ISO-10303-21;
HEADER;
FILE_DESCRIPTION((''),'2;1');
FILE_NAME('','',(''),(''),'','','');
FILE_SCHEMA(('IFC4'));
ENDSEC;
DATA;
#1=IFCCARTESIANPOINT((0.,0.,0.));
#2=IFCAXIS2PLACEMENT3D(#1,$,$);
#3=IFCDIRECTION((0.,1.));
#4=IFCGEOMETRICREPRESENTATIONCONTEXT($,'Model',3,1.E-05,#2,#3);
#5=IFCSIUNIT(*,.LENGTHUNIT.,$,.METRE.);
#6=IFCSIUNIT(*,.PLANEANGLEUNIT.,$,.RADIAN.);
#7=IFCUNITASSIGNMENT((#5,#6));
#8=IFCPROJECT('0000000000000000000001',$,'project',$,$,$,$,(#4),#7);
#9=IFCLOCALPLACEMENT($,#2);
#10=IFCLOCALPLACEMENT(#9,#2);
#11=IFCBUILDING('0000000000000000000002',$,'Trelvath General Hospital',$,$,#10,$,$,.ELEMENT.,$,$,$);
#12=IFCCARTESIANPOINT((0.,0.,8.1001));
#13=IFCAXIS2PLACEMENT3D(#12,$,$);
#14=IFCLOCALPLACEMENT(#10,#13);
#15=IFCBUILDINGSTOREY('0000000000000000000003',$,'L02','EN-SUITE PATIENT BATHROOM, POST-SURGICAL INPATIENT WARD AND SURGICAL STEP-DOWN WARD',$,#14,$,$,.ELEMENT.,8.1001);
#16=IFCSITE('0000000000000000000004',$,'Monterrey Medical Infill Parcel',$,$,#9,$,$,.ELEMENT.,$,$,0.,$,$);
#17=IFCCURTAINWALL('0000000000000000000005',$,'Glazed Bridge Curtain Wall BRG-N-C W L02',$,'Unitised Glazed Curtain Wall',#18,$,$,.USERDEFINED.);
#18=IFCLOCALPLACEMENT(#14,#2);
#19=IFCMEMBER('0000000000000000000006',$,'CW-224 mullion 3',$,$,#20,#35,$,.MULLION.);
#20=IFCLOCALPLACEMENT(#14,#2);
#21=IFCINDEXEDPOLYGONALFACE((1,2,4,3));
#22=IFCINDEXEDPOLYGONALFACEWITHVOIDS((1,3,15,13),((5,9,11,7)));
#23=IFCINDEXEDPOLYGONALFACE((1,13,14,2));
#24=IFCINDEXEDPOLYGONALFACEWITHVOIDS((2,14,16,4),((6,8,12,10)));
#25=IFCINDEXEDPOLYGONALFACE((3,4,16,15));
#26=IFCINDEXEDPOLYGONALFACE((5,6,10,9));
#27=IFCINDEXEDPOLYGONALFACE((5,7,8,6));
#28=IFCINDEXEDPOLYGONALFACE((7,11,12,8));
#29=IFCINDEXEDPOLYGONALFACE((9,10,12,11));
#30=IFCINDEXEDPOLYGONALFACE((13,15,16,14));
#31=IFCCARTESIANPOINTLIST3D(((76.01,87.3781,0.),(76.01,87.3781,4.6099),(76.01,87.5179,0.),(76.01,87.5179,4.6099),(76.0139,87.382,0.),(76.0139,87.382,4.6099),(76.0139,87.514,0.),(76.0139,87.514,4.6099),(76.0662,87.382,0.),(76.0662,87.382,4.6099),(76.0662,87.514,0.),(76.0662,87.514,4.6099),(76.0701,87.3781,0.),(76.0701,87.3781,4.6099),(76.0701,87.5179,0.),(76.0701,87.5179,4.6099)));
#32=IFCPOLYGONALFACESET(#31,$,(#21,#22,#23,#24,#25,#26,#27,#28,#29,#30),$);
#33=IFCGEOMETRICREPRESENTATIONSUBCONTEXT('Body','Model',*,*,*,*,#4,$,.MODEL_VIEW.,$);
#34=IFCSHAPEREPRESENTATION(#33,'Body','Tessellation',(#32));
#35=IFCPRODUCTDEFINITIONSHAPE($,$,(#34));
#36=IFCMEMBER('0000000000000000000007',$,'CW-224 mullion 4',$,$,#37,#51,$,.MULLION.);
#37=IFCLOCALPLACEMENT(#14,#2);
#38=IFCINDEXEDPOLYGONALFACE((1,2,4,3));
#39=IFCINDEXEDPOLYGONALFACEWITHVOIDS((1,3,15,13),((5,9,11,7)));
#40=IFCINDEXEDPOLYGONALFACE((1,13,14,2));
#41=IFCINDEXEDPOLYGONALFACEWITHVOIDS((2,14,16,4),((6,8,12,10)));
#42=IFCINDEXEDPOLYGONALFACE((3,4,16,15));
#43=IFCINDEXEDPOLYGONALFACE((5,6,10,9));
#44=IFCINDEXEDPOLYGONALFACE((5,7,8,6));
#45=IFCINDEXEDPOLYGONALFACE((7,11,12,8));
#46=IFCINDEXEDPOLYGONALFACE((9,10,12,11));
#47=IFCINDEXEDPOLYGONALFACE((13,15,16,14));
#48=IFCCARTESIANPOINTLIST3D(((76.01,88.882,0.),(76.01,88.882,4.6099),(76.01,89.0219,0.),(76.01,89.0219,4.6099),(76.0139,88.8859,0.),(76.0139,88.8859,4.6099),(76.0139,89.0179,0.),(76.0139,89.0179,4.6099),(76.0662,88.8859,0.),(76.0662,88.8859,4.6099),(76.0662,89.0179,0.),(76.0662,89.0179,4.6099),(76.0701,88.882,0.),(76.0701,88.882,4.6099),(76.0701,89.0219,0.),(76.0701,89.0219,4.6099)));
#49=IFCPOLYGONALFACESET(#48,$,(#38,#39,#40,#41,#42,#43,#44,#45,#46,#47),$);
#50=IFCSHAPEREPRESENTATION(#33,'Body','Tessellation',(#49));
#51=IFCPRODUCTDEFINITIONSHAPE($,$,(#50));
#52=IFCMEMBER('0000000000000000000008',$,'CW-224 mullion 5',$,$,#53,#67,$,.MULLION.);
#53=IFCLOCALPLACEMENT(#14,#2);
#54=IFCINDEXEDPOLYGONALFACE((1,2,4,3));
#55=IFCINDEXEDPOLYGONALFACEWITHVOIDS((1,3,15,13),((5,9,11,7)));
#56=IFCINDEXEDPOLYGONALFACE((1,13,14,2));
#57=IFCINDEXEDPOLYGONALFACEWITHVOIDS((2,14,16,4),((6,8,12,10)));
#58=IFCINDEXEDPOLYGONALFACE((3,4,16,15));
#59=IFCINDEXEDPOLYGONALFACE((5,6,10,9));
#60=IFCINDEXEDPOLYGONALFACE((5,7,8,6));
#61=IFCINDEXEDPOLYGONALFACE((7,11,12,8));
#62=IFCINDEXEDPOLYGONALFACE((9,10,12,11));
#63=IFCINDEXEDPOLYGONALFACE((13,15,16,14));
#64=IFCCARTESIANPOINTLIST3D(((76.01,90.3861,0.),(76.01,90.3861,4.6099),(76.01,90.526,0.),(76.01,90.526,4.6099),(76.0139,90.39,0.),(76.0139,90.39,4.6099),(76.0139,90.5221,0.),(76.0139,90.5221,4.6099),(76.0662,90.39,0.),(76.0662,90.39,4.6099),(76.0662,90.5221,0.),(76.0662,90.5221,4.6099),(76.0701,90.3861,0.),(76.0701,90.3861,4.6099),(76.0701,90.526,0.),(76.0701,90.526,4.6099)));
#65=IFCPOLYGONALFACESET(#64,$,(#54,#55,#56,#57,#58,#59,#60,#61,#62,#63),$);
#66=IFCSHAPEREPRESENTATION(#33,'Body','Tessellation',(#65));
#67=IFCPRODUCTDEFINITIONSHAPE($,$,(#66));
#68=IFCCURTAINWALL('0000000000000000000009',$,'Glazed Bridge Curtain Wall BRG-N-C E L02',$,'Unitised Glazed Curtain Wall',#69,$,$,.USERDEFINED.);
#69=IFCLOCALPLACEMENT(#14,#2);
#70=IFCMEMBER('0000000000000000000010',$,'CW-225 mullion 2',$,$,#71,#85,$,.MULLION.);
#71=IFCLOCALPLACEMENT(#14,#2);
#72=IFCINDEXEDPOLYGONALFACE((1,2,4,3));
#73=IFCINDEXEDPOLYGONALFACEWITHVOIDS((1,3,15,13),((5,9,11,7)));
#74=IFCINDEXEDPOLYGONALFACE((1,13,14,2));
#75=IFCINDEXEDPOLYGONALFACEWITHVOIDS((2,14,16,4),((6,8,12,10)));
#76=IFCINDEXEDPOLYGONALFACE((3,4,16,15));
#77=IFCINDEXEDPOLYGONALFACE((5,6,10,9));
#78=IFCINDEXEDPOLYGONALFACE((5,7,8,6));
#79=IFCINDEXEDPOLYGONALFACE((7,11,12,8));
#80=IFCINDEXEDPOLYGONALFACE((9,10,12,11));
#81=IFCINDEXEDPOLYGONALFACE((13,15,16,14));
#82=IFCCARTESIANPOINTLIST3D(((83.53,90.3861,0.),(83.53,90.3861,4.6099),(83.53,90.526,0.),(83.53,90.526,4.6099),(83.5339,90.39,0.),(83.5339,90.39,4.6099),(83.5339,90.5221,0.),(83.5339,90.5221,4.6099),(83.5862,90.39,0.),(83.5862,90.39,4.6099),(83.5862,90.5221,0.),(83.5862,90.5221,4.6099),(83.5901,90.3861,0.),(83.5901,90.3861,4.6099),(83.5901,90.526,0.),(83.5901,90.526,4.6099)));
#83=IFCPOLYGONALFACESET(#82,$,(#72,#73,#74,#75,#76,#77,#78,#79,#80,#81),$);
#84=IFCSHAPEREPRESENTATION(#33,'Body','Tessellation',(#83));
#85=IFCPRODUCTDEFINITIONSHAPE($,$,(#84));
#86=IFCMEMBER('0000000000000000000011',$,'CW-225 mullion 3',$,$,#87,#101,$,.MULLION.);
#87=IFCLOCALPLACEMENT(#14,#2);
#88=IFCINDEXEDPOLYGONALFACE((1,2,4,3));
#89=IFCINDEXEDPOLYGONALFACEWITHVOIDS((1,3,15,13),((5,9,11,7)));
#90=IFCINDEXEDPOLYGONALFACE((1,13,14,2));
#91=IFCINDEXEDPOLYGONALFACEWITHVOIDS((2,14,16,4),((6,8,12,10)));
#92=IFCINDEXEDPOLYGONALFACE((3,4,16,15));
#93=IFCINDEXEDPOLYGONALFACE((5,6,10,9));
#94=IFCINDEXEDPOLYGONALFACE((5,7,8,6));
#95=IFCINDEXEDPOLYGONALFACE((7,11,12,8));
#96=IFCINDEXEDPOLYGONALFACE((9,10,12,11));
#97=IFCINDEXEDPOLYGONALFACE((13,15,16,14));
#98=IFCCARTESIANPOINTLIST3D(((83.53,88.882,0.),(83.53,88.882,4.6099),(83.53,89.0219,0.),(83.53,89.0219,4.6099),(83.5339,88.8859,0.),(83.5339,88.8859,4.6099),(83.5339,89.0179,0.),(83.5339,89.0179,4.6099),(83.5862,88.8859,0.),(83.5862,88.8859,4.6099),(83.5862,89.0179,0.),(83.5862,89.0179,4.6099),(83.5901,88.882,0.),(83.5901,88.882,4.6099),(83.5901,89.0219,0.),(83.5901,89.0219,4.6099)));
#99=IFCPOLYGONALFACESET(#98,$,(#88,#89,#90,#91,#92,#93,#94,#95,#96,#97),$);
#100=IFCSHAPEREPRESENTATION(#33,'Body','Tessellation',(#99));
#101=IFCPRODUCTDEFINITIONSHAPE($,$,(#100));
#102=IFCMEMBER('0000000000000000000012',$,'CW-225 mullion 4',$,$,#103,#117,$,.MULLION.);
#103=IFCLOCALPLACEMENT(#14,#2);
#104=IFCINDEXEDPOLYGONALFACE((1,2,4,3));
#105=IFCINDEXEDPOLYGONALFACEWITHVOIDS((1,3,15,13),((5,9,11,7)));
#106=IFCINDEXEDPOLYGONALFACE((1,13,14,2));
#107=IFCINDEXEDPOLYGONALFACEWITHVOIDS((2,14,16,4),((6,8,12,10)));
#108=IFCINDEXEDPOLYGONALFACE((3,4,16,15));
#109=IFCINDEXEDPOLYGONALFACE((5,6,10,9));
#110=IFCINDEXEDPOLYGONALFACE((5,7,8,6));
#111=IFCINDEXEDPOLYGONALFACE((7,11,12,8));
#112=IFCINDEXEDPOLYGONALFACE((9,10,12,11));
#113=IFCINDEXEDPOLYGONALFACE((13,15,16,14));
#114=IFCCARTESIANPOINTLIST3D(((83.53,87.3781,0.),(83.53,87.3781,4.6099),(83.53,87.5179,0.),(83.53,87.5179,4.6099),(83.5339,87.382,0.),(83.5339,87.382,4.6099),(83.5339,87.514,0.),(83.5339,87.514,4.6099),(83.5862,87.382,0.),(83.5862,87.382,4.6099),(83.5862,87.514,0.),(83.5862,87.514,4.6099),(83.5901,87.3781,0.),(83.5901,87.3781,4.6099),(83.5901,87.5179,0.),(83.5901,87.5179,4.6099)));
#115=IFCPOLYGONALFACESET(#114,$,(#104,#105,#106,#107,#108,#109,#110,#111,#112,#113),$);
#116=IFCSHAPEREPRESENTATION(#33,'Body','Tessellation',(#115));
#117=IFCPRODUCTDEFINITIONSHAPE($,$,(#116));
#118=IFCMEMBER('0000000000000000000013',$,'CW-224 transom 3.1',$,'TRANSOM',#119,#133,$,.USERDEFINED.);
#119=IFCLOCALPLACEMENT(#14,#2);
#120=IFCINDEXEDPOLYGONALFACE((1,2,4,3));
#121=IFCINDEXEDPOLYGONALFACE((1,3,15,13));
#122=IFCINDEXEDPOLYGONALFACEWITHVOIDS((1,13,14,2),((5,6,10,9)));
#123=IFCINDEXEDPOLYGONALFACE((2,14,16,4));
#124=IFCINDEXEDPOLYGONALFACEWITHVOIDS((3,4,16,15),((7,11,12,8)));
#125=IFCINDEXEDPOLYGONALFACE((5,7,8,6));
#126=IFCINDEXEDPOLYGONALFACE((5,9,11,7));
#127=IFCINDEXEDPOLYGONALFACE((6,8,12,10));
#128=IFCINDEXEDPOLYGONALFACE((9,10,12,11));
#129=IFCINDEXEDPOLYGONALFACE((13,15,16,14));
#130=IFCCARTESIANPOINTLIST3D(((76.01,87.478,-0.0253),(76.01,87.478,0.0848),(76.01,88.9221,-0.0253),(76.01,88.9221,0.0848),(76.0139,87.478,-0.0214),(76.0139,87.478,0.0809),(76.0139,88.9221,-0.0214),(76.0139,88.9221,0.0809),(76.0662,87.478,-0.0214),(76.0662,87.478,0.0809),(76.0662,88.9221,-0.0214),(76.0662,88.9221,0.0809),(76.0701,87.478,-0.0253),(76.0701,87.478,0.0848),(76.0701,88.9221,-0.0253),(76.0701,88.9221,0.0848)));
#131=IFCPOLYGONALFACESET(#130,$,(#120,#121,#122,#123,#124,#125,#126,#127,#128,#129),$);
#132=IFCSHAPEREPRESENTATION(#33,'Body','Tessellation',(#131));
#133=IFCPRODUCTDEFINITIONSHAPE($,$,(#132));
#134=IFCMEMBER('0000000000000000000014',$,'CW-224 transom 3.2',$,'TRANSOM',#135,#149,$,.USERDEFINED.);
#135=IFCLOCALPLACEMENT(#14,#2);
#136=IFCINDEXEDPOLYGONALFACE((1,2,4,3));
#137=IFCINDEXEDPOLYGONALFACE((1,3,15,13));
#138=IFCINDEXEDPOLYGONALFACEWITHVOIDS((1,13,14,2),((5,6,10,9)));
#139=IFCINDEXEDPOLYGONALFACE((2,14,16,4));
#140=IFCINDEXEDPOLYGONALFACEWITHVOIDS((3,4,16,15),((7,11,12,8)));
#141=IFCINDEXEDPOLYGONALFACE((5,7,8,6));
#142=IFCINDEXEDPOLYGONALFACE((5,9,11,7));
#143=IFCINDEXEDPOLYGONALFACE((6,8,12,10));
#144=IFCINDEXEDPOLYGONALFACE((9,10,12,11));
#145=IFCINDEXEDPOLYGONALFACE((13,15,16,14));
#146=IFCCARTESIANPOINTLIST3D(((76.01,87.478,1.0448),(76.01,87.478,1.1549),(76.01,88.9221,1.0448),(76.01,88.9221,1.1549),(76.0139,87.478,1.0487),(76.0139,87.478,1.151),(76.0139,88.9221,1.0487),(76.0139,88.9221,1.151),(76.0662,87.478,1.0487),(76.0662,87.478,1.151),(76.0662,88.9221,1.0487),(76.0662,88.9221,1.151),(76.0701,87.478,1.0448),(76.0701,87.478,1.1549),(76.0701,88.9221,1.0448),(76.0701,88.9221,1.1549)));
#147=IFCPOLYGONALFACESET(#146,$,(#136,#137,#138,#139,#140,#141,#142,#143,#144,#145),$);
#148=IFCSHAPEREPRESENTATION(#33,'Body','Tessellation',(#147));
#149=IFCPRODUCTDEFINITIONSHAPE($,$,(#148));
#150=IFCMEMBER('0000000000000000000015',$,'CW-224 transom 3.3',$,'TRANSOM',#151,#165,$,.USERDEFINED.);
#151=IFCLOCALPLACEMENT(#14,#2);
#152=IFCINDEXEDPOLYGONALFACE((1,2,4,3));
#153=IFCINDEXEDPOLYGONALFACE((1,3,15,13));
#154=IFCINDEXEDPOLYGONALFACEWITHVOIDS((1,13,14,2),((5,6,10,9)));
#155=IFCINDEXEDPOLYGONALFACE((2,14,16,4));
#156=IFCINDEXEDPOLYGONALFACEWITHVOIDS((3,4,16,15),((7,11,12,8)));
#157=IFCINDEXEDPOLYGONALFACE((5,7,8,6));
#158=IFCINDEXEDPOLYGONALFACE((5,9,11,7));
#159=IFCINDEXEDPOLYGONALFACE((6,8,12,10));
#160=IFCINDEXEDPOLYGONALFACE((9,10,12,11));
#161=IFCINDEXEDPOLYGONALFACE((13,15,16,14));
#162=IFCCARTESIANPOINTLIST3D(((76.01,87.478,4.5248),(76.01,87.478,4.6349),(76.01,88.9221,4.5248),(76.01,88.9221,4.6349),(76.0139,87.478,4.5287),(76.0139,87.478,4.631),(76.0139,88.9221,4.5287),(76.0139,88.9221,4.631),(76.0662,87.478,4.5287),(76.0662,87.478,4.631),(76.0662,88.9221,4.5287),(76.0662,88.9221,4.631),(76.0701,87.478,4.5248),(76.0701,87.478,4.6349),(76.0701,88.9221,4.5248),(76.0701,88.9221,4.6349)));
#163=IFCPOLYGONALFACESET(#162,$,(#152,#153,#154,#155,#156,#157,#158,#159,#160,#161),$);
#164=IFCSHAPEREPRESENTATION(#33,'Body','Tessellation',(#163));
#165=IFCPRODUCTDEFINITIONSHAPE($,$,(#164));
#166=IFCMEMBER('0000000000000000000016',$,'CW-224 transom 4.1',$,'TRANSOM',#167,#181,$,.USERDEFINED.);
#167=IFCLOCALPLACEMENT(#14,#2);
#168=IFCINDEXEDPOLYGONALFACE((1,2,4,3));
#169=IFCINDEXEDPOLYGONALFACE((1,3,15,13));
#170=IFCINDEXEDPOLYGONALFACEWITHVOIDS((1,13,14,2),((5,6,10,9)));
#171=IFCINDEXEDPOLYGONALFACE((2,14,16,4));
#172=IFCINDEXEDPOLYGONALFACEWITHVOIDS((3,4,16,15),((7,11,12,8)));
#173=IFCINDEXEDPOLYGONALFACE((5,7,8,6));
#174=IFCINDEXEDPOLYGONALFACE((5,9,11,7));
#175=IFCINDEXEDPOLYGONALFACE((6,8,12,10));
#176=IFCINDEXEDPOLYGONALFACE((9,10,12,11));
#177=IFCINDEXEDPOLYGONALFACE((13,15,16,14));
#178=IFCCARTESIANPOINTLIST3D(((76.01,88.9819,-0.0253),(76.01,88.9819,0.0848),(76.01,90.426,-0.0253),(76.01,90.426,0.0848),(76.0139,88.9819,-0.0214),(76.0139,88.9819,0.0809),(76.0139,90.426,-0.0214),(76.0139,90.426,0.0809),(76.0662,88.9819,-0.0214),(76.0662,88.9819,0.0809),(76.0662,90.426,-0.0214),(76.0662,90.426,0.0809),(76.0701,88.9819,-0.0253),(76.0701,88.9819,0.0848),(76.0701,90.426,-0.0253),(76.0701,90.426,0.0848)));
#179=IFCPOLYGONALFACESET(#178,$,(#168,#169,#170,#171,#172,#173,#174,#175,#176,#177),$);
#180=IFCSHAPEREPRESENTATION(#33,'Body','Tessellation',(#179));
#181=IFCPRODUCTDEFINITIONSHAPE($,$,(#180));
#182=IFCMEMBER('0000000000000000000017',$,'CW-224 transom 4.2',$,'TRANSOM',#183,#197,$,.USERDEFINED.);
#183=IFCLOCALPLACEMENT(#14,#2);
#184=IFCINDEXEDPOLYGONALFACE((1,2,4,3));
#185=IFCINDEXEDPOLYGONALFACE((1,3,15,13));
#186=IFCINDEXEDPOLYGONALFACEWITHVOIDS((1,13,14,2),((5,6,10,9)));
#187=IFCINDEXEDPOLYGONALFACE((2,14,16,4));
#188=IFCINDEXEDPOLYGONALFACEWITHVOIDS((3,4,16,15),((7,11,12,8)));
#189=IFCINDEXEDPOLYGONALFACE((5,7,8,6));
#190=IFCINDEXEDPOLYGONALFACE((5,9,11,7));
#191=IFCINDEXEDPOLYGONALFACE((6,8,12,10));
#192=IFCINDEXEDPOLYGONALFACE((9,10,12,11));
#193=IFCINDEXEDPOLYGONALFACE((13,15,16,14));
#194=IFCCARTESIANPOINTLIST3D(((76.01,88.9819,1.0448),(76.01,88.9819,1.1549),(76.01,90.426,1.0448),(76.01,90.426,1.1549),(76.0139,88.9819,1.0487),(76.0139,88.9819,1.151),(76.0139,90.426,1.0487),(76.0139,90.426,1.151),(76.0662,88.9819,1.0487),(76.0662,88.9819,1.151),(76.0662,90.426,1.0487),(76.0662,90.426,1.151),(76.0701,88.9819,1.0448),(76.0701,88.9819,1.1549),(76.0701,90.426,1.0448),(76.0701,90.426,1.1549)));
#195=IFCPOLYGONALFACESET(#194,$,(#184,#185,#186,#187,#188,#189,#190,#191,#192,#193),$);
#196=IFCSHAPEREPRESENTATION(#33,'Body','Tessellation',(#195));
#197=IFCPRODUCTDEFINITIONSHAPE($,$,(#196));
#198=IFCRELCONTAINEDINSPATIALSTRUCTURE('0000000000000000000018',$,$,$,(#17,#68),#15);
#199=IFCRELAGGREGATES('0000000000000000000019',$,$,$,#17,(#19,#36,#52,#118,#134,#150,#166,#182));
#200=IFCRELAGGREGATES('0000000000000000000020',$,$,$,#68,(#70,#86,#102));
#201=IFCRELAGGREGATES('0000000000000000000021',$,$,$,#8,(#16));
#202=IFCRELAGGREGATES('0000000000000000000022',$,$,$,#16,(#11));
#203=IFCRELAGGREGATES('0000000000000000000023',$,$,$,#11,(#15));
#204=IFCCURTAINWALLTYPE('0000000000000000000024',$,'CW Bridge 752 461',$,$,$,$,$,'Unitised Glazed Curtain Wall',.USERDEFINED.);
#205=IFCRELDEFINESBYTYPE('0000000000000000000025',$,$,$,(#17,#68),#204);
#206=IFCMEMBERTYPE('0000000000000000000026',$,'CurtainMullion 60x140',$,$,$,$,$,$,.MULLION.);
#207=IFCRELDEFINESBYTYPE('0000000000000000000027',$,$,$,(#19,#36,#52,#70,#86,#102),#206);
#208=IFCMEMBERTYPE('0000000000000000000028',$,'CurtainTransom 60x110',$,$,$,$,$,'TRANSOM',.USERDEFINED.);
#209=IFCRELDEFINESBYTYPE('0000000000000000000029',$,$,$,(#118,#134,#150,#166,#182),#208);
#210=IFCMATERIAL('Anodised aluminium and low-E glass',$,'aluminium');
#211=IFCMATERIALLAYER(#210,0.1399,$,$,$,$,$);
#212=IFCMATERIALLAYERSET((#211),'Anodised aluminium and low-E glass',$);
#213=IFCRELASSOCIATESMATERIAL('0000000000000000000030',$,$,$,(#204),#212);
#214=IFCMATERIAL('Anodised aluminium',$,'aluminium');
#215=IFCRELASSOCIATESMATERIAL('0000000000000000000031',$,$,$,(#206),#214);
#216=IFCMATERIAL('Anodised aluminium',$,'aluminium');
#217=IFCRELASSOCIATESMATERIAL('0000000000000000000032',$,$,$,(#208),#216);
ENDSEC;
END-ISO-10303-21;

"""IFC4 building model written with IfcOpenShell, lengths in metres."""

from ifc_helpers import new_model, si_unit, direction, frame, origin, origin_2d, place, context, subcontext, project, spatial, hollow_rectangle, extrude, material, layer, layer_set, material_profile, profile_set, type_object, element, aggregate, save


model = new_model("IFC4")

# Units and contexts
model_context = context("Model", 3, precision=1e-05, world=origin(), true_north=direction((0.0, 1.0)))
body_context = subcontext(model_context, "Body", "Model", "MODEL_VIEW")
ifc_project = project(units=[si_unit("LENGTHUNIT", "METRE"), si_unit("PLANEANGLEUNIT", "RADIAN")], contexts=[model_context])

# Site, building, storey
site_placement = place(None, origin())
site = spatial("IfcSite", under=ifc_project, at=site_placement, Name="Monterrey Medical Infill Parcel", CompositionType="ELEMENT", RefElevation=0.0)
building_placement = place(site_placement, origin())
building = spatial("IfcBuilding", under=site, at=building_placement, Name="Trelvath General Hospital", CompositionType="ELEMENT")
storey_placement = place(building_placement, frame((0.0, 0.0, 8.1001)))
storey = spatial("IfcBuildingStorey", under=building, at=storey_placement, Name="L02", Description="EN-SUITE PATIENT BATHROOM, POST-SURGICAL INPATIENT WARD AND SURGICAL STEP-DOWN WARD", CompositionType="ELEMENT", Elevation=8.1001)

# Curtain walls, members
ifc_material_1 = material(Name="Anodised aluminium and low-E glass", Category="aluminium")
ifc_layer_1 = layer(ifc_material_1, 0.1399)
ifc_layer_set_1 = layer_set([ifc_layer_1], Name="Anodised aluminium and low-E glass")
curtain_wall_type = type_object("IfcCurtainWallType", Name="CW Bridge 752 461", ElementType="Unitised Glazed Curtain Wall", PredefinedType="USERDEFINED", material=ifc_layer_set_1)
curtain_wall_1_placement = place(storey_placement, origin())
curtain_wall_1 = element("IfcCurtainWall", 1, at=curtain_wall_1_placement, inside=storey, type_object=curtain_wall_type, Name="Glazed Bridge Curtain Wall BRG-N-C W L02", ObjectType="Unitised Glazed Curtain Wall", PredefinedType="USERDEFINED")
ifc_material_2 = material(Name="Anodised aluminium", Category="aluminium")
ifc_material_profile_1 = material_profile(ifc_material_2, hollow_rectangle(XDim=0.0601, YDim=0.1399, WallThickness=0.0039, at=origin_2d()), Name="RHS60x140x4")
ifc_profile_set_1 = profile_set([ifc_material_profile_1], Name="Anodised aluminium")
member_type_1 = type_object("IfcMemberType", Name="CurtainMullion 60x140", PredefinedType="MULLION", material=ifc_profile_set_1)
member_1_placement = place(storey_placement, frame((76.04, 87.448, 0.0), z_axis=(0.0, 0.0, 1.0), x_axis=(-1.0, 0.0, 0.0)))
member_1 = element("IfcMember", 2, at=member_1_placement, type_object=member_type_1, Name="CW-224 mullion 3", PredefinedType="MULLION", context=body_context, shape_type="SweptSolid", body=[
    extrude(hollow_rectangle(XDim=0.0601, YDim=0.1399, WallThickness=0.0039, at=origin_2d()), origin(), (0.0, 0.0, 1.0), 4.6099),
])
member_2_placement = place(storey_placement, frame((76.04, 88.9519, 0.0), z_axis=(0.0, 0.0, 1.0), x_axis=(-1.0, 0.0, 0.0)))
member_2 = element("IfcMember", 3, at=member_2_placement, type_object=member_type_1, Name="CW-224 mullion 4", PredefinedType="MULLION", context=body_context, shape_type="SweptSolid", body=[
    extrude(hollow_rectangle(XDim=0.0601, YDim=0.1399, WallThickness=0.0039, at=origin_2d()), origin(), (0.0, 0.0, 1.0), 4.6099),
])
member_3_placement = place(storey_placement, frame((76.04, 90.4561, 0.0), z_axis=(0.0, 0.0, 1.0), x_axis=(-1.0, 0.0, 0.0)))
member_3 = element("IfcMember", 4, at=member_3_placement, type_object=member_type_1, Name="CW-224 mullion 5", PredefinedType="MULLION", context=body_context, shape_type="SweptSolid", body=[
    extrude(hollow_rectangle(XDim=0.0601, YDim=0.1399, WallThickness=0.0039, at=origin_2d()), origin(), (0.0, 0.0, 1.0), 4.6099),
])
curtain_wall_2_placement = place(storey_placement, origin())
curtain_wall_2 = element("IfcCurtainWall", 5, at=curtain_wall_2_placement, inside=storey, type_object=curtain_wall_type, Name="Glazed Bridge Curtain Wall BRG-N-C E L02", ObjectType="Unitised Glazed Curtain Wall", PredefinedType="USERDEFINED")
member_4_placement = place(storey_placement, frame((83.5601, 90.4561, 0.0), z_axis=(0.0, 0.0, 1.0), x_axis=(1.0, 0.0, 0.0)))
member_4 = element("IfcMember", 6, at=member_4_placement, type_object=member_type_1, Name="CW-225 mullion 2", PredefinedType="MULLION", context=body_context, shape_type="SweptSolid", body=[
    extrude(hollow_rectangle(XDim=0.0601, YDim=0.1399, WallThickness=0.0039, at=origin_2d()), origin(), (0.0, 0.0, 1.0), 4.6099),
])
member_5_placement = place(storey_placement, frame((83.5601, 88.9519, 0.0), z_axis=(0.0, 0.0, 1.0), x_axis=(1.0, 0.0, 0.0)))
member_5 = element("IfcMember", 7, at=member_5_placement, type_object=member_type_1, Name="CW-225 mullion 3", PredefinedType="MULLION", context=body_context, shape_type="SweptSolid", body=[
    extrude(hollow_rectangle(XDim=0.0601, YDim=0.1399, WallThickness=0.0039, at=origin_2d()), origin(), (0.0, 0.0, 1.0), 4.6099),
])
member_6_placement = place(storey_placement, frame((83.5601, 87.448, 0.0), z_axis=(0.0, 0.0, 1.0), x_axis=(1.0, 0.0, 0.0)))
member_6 = element("IfcMember", 8, at=member_6_placement, type_object=member_type_1, Name="CW-225 mullion 4", PredefinedType="MULLION", context=body_context, shape_type="SweptSolid", body=[
    extrude(hollow_rectangle(XDim=0.0601, YDim=0.1399, WallThickness=0.0039, at=origin_2d()), origin(), (0.0, 0.0, 1.0), 4.6099),
])

# Members
ifc_material_3 = material(Name="Anodised aluminium", Category="aluminium")
ifc_material_profile_2 = material_profile(ifc_material_3, hollow_rectangle(XDim=0.0601, YDim=0.1101, WallThickness=0.0039, at=origin_2d()), Name="RHS60x110x4")
ifc_profile_set_2 = profile_set([ifc_material_profile_2], Name="Anodised aluminium")
member_type_2 = type_object("IfcMemberType", Name="CurtainTransom 60x110", ElementType="TRANSOM", PredefinedType="USERDEFINED", material=ifc_profile_set_2)
member_7_placement = place(storey_placement, frame((76.04, 87.478, 0.0298), z_axis=(0.0, 1.0, 0.0), x_axis=(-1.0, 0.0, 0.0)))
member_7 = element("IfcMember", 9, at=member_7_placement, type_object=member_type_2, Name="CW-224 transom 3.1", ObjectType="TRANSOM", PredefinedType="USERDEFINED", context=body_context, shape_type="SweptSolid", body=[
    extrude(hollow_rectangle(XDim=0.0601, YDim=0.1101, WallThickness=0.0039, at=origin_2d()), origin(), (0.0, 0.0, 1.0), 1.4441),
])
member_8_placement = place(storey_placement, frame((76.04, 87.478, 1.0999), z_axis=(0.0, 1.0, 0.0), x_axis=(-1.0, 0.0, 0.0)))
member_8 = element("IfcMember", 10, at=member_8_placement, type_object=member_type_2, Name="CW-224 transom 3.2", ObjectType="TRANSOM", PredefinedType="USERDEFINED", context=body_context, shape_type="SweptSolid", body=[
    extrude(hollow_rectangle(XDim=0.0601, YDim=0.1101, WallThickness=0.0039, at=origin_2d()), origin(), (0.0, 0.0, 1.0), 1.4441),
])
member_9_placement = place(storey_placement, frame((76.04, 87.478, 4.5798), z_axis=(0.0, 1.0, 0.0), x_axis=(-1.0, 0.0, 0.0)))
member_9 = element("IfcMember", 11, at=member_9_placement, type_object=member_type_2, Name="CW-224 transom 3.3", ObjectType="TRANSOM", PredefinedType="USERDEFINED", context=body_context, shape_type="SweptSolid", body=[
    extrude(hollow_rectangle(XDim=0.0601, YDim=0.1101, WallThickness=0.0039, at=origin_2d()), origin(), (0.0, 0.0, 1.0), 1.4441),
])
member_10_placement = place(storey_placement, frame((76.04, 88.9819, 0.0298), z_axis=(0.0, 1.0, 0.0), x_axis=(-1.0, 0.0, 0.0)))
member_10 = element("IfcMember", 12, at=member_10_placement, type_object=member_type_2, Name="CW-224 transom 4.1", ObjectType="TRANSOM", PredefinedType="USERDEFINED", context=body_context, shape_type="SweptSolid", body=[
    extrude(hollow_rectangle(XDim=0.0601, YDim=0.1101, WallThickness=0.0039, at=origin_2d()), origin(), (0.0, 0.0, 1.0), 1.4441),
])
member_11_placement = place(storey_placement, frame((76.04, 88.9819, 1.0999), z_axis=(0.0, 1.0, 0.0), x_axis=(-1.0, 0.0, 0.0)))
member_11 = element("IfcMember", 13, at=member_11_placement, type_object=member_type_2, Name="CW-224 transom 4.2", ObjectType="TRANSOM", PredefinedType="USERDEFINED", context=body_context, shape_type="SweptSolid", body=[
    extrude(hollow_rectangle(XDim=0.0601, YDim=0.1101, WallThickness=0.0039, at=origin_2d()), origin(), (0.0, 0.0, 1.0), 1.4441),
])

aggregate(curtain_wall_1, [member_1, member_2, member_3, member_7, member_8, member_9, member_10, member_11])
aggregate(curtain_wall_2, [member_4, member_5, member_6])

save(model, "model.ifc")
